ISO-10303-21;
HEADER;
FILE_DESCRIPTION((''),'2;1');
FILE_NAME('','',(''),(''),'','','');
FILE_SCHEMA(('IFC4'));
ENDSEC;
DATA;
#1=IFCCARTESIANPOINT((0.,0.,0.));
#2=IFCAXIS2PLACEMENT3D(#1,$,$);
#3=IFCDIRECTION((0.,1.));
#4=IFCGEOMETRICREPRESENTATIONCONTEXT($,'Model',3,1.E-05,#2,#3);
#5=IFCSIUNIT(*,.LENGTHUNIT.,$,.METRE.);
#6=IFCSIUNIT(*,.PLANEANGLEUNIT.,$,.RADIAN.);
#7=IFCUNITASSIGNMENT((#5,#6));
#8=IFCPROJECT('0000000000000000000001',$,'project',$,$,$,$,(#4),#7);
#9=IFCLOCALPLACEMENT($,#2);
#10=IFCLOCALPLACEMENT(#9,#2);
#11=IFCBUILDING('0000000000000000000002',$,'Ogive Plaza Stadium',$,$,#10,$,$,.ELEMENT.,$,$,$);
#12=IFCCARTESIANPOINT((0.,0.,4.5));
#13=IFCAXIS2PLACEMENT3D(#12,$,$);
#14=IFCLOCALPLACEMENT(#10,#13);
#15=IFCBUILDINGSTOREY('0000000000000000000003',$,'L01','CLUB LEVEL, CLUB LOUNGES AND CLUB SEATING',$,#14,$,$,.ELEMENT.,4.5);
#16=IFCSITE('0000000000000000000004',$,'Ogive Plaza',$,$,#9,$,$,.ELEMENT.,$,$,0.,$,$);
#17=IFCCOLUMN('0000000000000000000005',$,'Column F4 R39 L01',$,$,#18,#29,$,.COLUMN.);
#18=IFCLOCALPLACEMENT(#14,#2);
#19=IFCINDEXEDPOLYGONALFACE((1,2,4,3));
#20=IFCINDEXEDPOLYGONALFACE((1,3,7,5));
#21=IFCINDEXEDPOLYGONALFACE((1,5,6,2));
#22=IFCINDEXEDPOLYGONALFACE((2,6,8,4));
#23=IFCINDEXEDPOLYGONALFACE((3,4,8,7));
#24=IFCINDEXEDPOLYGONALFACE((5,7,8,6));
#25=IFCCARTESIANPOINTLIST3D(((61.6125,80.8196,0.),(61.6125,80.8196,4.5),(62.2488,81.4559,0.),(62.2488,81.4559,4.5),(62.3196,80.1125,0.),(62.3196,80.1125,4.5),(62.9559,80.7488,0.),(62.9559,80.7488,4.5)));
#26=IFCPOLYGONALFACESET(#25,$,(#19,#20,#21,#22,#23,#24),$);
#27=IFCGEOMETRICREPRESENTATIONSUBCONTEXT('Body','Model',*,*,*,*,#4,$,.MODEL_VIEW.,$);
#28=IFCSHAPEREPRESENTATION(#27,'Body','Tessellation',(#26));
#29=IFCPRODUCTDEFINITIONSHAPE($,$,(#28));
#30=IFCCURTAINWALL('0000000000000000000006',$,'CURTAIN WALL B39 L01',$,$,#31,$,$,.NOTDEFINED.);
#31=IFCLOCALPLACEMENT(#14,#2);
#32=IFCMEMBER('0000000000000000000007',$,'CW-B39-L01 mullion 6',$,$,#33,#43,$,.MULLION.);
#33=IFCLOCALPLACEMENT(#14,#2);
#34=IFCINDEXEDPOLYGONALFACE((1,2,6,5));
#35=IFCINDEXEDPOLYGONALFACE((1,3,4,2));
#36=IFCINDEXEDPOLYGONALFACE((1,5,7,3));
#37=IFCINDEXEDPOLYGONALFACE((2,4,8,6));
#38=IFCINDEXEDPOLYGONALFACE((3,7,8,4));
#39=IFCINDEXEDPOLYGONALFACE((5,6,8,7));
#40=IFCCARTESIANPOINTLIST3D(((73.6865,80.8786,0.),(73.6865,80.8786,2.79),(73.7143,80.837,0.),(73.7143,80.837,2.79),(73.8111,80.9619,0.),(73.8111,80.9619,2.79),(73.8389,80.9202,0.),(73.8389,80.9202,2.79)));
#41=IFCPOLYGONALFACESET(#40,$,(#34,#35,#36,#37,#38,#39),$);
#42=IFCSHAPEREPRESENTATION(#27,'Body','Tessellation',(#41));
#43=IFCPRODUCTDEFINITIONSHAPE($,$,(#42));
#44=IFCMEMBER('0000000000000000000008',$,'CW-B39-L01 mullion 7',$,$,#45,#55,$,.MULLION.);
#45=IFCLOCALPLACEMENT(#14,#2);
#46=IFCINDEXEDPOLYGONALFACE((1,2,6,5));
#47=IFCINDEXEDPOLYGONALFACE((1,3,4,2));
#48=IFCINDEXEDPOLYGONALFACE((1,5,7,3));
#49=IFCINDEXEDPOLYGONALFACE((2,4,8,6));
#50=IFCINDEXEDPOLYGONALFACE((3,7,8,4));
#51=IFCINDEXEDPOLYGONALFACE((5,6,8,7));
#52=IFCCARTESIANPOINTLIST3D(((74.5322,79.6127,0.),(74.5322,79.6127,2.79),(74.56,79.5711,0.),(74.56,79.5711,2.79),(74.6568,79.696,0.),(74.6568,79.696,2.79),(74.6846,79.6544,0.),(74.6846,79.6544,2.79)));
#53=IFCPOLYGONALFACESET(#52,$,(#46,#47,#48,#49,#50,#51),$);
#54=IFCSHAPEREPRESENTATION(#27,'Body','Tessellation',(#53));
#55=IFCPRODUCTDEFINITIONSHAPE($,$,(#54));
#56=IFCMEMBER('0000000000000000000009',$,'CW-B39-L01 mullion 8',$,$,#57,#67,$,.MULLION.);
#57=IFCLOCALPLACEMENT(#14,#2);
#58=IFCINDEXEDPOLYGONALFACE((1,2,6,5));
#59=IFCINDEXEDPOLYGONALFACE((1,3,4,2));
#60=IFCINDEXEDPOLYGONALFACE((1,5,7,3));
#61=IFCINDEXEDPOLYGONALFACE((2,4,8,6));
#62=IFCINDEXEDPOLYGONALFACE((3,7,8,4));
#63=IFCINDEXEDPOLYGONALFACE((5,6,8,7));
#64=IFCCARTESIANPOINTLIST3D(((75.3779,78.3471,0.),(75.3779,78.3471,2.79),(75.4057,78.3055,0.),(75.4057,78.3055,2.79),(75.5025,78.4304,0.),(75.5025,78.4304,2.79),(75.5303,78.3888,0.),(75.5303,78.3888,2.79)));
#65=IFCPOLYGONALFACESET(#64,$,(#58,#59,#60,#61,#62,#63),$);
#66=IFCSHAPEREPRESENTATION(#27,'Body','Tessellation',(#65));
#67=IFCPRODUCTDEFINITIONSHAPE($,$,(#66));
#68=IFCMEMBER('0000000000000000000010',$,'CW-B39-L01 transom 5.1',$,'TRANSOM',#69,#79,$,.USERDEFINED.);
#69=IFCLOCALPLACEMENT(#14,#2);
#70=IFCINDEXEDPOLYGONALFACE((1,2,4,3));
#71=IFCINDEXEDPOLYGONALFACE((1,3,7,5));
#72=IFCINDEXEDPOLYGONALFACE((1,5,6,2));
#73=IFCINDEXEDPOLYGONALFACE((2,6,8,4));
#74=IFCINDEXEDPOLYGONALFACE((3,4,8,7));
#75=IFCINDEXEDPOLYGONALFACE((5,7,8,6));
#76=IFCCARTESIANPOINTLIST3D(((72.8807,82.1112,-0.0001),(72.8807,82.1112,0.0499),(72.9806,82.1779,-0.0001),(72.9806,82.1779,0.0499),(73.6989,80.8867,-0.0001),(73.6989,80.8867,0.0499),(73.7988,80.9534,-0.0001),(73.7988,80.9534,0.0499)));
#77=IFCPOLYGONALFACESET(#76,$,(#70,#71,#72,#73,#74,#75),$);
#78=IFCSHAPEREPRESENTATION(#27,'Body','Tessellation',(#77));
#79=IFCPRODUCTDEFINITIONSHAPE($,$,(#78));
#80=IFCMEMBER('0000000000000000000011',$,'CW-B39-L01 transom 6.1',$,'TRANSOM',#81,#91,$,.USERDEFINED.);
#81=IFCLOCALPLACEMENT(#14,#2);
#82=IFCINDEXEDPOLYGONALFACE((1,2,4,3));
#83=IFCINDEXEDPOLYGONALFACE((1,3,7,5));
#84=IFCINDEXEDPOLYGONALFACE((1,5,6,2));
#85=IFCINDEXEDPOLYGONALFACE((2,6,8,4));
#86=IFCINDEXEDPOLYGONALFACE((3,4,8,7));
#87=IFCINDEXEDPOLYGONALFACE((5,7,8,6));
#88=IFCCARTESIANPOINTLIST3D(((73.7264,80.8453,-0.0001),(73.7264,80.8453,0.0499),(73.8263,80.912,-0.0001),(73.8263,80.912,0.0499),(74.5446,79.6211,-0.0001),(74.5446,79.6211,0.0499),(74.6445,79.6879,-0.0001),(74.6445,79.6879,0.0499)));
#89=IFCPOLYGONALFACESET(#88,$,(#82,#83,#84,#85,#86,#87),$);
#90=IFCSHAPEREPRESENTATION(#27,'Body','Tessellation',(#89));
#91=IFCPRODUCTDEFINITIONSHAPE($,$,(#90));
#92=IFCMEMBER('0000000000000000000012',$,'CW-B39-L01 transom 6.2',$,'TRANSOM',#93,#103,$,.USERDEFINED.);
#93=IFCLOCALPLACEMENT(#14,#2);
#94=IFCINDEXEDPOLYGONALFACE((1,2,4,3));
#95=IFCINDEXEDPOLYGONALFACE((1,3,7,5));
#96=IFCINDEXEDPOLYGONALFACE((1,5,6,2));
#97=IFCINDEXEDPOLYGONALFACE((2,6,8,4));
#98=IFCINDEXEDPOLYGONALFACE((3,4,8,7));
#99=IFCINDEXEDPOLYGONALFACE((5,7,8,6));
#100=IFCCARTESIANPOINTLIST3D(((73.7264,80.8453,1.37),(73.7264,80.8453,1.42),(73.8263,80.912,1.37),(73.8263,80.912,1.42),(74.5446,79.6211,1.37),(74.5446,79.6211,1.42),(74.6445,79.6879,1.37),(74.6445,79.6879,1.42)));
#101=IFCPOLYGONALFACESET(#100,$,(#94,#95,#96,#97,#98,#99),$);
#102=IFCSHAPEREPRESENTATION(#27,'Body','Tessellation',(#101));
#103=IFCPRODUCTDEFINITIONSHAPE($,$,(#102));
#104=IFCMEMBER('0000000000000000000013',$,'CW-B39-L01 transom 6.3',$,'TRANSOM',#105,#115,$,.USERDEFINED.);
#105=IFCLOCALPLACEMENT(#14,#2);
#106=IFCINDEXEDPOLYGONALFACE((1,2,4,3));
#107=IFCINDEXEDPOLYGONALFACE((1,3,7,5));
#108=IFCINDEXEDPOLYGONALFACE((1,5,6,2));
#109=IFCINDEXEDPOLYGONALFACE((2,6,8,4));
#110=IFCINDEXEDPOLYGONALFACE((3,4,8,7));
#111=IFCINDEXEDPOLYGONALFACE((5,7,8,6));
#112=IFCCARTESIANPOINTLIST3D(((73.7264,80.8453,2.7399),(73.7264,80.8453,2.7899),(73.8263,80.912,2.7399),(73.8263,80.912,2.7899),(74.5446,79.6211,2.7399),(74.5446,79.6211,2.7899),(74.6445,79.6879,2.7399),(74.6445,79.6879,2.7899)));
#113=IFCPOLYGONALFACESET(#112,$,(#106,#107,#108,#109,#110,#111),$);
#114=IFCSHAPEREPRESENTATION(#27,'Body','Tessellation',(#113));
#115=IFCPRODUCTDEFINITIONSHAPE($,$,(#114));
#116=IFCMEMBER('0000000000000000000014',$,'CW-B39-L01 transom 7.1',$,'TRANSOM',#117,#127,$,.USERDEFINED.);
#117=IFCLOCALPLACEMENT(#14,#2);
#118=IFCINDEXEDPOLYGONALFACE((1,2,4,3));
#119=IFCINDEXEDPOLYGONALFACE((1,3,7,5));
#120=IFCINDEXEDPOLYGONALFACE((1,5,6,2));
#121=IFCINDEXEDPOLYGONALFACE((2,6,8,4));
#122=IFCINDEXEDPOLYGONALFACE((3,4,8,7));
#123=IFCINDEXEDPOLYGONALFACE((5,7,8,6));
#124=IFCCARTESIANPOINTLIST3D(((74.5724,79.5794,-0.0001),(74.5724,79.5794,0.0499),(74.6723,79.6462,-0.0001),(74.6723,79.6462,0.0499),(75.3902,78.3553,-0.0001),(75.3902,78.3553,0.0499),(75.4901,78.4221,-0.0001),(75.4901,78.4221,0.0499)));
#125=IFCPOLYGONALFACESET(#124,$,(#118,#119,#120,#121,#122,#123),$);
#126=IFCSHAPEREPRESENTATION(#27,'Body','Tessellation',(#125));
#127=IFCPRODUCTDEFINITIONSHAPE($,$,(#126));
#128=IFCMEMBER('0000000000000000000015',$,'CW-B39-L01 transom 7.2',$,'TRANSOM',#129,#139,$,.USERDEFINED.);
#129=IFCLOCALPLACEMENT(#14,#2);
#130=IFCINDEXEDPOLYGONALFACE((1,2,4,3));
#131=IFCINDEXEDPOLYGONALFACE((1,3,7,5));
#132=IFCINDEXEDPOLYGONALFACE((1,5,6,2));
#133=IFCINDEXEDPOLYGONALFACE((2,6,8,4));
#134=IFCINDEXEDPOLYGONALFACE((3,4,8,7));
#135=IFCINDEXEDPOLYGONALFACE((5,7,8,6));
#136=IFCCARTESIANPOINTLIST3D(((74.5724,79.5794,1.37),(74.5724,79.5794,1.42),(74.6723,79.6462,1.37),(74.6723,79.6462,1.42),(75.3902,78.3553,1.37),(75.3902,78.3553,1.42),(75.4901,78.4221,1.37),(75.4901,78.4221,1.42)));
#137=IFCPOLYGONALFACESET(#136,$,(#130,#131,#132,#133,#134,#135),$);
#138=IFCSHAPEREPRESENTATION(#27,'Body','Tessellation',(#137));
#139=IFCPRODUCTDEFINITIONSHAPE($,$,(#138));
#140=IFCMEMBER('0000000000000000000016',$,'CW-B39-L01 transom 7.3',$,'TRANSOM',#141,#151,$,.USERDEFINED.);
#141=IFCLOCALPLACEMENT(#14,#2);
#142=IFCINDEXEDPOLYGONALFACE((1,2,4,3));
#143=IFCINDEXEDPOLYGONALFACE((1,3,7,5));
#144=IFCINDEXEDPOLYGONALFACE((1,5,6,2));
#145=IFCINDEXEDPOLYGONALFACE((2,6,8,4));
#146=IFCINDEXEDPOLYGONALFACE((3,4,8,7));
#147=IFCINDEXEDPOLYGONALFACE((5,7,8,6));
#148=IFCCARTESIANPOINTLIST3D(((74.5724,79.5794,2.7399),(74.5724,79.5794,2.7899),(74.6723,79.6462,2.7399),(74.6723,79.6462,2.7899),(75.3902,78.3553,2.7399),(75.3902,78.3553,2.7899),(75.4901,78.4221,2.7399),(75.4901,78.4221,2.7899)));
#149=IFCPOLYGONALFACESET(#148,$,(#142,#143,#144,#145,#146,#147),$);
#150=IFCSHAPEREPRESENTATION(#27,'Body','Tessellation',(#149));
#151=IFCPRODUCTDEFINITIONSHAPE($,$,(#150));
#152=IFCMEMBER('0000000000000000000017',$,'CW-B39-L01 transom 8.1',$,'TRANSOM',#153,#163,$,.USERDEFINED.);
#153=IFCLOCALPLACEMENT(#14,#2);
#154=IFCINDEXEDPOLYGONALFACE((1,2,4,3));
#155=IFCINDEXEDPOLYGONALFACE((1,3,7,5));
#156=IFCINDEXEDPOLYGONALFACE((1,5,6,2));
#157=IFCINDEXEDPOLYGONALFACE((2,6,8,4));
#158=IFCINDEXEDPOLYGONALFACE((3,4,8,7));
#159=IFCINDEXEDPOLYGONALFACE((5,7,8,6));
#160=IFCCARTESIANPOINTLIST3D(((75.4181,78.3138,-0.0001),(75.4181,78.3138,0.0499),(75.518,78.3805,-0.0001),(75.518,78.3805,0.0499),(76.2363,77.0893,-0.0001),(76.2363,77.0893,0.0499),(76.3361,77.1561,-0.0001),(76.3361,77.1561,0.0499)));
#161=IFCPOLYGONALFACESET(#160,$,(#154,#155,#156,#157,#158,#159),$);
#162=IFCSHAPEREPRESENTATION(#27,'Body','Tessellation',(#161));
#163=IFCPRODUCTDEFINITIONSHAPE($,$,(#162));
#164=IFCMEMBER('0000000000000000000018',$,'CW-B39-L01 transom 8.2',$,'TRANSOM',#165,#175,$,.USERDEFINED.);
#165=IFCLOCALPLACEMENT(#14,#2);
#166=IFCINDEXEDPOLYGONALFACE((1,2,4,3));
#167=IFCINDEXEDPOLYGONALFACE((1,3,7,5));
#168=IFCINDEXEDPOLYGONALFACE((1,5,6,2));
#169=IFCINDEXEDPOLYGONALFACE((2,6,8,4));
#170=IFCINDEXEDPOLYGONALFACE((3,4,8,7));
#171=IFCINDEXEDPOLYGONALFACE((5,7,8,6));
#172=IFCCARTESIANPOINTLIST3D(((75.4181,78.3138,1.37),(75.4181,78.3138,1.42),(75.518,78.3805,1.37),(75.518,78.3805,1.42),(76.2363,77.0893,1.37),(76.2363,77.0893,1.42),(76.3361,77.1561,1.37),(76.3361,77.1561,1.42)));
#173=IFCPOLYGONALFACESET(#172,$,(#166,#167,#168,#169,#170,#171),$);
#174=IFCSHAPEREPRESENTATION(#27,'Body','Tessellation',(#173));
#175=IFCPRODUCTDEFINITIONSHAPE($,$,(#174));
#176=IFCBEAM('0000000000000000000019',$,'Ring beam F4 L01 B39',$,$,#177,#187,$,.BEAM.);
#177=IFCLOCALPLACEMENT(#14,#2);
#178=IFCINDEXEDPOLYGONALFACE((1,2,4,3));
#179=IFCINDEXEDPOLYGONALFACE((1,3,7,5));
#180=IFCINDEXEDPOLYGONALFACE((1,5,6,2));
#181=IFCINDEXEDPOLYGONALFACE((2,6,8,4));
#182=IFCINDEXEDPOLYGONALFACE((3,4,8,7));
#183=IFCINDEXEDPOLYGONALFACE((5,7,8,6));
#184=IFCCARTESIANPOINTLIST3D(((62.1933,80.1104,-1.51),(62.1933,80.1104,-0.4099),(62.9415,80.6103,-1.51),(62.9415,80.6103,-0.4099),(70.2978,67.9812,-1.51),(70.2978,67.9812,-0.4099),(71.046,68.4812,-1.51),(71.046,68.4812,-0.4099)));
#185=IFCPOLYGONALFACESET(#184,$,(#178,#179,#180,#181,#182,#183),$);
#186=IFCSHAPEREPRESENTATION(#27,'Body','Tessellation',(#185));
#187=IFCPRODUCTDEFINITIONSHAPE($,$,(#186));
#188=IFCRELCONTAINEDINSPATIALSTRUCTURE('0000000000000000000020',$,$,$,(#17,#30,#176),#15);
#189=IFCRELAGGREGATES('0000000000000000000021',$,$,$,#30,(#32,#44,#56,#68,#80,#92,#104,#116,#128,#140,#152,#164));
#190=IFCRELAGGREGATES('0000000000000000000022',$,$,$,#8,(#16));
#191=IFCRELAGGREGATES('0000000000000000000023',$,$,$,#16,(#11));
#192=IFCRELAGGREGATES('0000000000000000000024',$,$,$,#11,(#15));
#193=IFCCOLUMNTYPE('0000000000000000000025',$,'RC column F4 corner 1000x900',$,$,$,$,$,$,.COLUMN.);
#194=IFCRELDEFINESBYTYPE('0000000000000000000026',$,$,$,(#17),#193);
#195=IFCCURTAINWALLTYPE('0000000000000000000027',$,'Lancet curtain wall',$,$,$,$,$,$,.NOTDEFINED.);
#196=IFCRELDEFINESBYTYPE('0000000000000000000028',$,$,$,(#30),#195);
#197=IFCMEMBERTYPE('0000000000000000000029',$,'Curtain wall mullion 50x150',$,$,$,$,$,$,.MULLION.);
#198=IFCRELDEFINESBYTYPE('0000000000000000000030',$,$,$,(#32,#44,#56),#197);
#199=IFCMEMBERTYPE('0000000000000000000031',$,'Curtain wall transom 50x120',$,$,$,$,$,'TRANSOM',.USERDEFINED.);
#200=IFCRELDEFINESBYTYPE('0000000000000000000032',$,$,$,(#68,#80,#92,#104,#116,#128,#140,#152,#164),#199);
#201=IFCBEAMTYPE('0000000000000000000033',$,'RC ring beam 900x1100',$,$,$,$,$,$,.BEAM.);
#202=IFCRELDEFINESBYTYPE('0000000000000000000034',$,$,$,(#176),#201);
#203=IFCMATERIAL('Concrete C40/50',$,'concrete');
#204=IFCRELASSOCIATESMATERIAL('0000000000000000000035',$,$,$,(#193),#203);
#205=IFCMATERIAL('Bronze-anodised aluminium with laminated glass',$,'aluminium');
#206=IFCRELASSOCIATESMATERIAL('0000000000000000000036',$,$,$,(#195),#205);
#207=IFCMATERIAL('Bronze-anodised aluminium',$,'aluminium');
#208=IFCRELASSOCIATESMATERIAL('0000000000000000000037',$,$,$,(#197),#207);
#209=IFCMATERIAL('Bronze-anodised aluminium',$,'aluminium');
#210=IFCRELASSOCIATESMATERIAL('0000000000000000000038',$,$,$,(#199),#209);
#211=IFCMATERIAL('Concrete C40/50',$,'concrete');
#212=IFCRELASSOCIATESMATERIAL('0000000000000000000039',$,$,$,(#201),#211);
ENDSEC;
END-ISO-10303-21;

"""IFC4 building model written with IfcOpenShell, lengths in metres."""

from ifc_helpers import new_model, si_unit, direction, frame, origin, origin_2d, place, context, subcontext, project, spatial, rectangle, extrude, material, material_profile, profile_set, type_object, element, aggregate, save


model = new_model("IFC4")

# Units and contexts
model_context = context("Model", 3, precision=1e-05, world=origin(), true_north=direction((0.0, 1.0)))
body_context = subcontext(model_context, "Body", "Model", "MODEL_VIEW")
ifc_project = project(units=[si_unit("LENGTHUNIT", "METRE"), si_unit("PLANEANGLEUNIT", "RADIAN")], contexts=[model_context])

# Site, building, storey
site_placement = place(None, origin())
site = spatial("IfcSite", under=ifc_project, at=site_placement, Name="Ogive Plaza", CompositionType="ELEMENT", RefElevation=0.0)
building_placement = place(site_placement, origin())
building = spatial("IfcBuilding", under=site, at=building_placement, Name="Ogive Plaza Stadium", CompositionType="ELEMENT")
storey_placement = place(building_placement, frame((0.0, 0.0, 4.5)))
storey = spatial("IfcBuildingStorey", under=building, at=storey_placement, Name="L01", Description="CLUB LEVEL, CLUB LOUNGES AND CLUB SEATING", CompositionType="ELEMENT", Elevation=4.5)

# Column
ifc_material_1 = material(Name="Concrete C40/50", Category="concrete")
ifc_material_profile_1 = material_profile(ifc_material_1, rectangle(XDim=1.0, YDim=0.8999, at=origin_2d()), Name="RC 1000x900")
ifc_profile_set_1 = profile_set([ifc_material_profile_1], Name="Concrete C40/50")
column_type = type_object("IfcColumnType", Name="RC column F4 corner 1000x900", PredefinedType="COLUMN", material=ifc_profile_set_1)
column_placement = place(storey_placement, frame((62.2842, 80.7842, 0.0), z_axis=(0.0, 0.0, 1.0), x_axis=(-0.707107, 0.707107, 0.0)))
element("IfcColumn", 1, at=column_placement, inside=storey, type_object=column_type, Name="Column F4 R39 L01", PredefinedType="COLUMN", context=body_context, shape_type="SweptSolid", body=[
    extrude(rectangle(XDim=1.0, YDim=0.8999, at=origin_2d()), origin(), (0.0, 0.0, 1.0), 4.5),
])

# Curtain wall, members
ifc_material_2 = material(Name="Bronze-anodised aluminium with laminated glass", Category="aluminium")
curtain_wall_type = type_object("IfcCurtainWallType", Name="Lancet curtain wall", PredefinedType="NOTDEFINED", material=ifc_material_2)
curtain_wall_placement = place(storey_placement, origin())
curtain_wall = element("IfcCurtainWall", 2, at=curtain_wall_placement, inside=storey, type_object=curtain_wall_type, Name="CURTAIN WALL B39 L01", PredefinedType="NOTDEFINED")
ifc_material_3 = material(Name="Bronze-anodised aluminium", Category="aluminium")
ifc_material_profile_2 = material_profile(ifc_material_3, rectangle(XDim=0.1499, YDim=0.05, at=origin_2d()), Name="AL 150x50")
ifc_profile_set_2 = profile_set([ifc_material_profile_2], Name="Bronze-anodised aluminium")
member_type_1 = type_object("IfcMemberType", Name="Curtain wall mullion 50x150", PredefinedType="MULLION", material=ifc_profile_set_2)
member_1_placement = place(storey_placement, frame((73.7627, 80.8994, 0.0), z_axis=(0.0, 0.0, 1.0), x_axis=(0.83147, 0.55557, 0.0)))
member_1 = element("IfcMember", 3, at=member_1_placement, type_object=member_type_1, Name="CW-B39-L01 mullion 6", PredefinedType="MULLION", context=body_context, shape_type="SweptSolid", body=[
    extrude(rectangle(XDim=0.1499, YDim=0.05, at=origin_2d()), origin(), (0.0, 0.0, 1.0), 2.79),
])
member_2_placement = place(storey_placement, frame((74.6084, 79.6335, 0.0), z_axis=(0.0, 0.0, 1.0), x_axis=(0.83147, 0.55557, 0.0)))
member_2 = element("IfcMember", 4, at=member_2_placement, type_object=member_type_1, Name="CW-B39-L01 mullion 7", PredefinedType="MULLION", context=body_context, shape_type="SweptSolid", body=[
    extrude(rectangle(XDim=0.1499, YDim=0.05, at=origin_2d()), origin(), (0.0, 0.0, 1.0), 2.79),
])
member_3_placement = place(storey_placement, frame((75.4541, 78.3679, 0.0), z_axis=(0.0, 0.0, 1.0), x_axis=(0.83147, 0.55557, 0.0)))
member_3 = element("IfcMember", 5, at=member_3_placement, type_object=member_type_1, Name="CW-B39-L01 mullion 8", PredefinedType="MULLION", context=body_context, shape_type="SweptSolid", body=[
    extrude(rectangle(XDim=0.1499, YDim=0.05, at=origin_2d()), origin(), (0.0, 0.0, 1.0), 2.79),
])
ifc_material_4 = material(Name="Bronze-anodised aluminium", Category="aluminium")
ifc_material_profile_3 = material_profile(ifc_material_4, rectangle(XDim=0.1201, YDim=0.05, at=origin_2d()), Name="AL 120x50")
ifc_profile_set_3 = profile_set([ifc_material_profile_3], Name="Bronze-anodised aluminium")
member_type_2 = type_object("IfcMemberType", Name="Curtain wall transom 50x120", ElementType="TRANSOM", PredefinedType="USERDEFINED", material=ifc_profile_set_3)
member_4_placement = place(storey_placement, frame((72.9307, 82.1445, 0.0249), z_axis=(0.55558, -0.831463, 0.0), x_axis=(0.831463, 0.55558, 0.0)))
member_4 = element("IfcMember", 6, at=member_4_placement, type_object=member_type_2, Name="CW-B39-L01 transom 5.1", ObjectType="TRANSOM", PredefinedType="USERDEFINED", context=body_context, shape_type="SweptSolid", body=[
    extrude(rectangle(XDim=0.1201, YDim=0.05, at=origin_2d()), origin(), (0.0, 0.0, 1.0), 1.4727),
])
member_5_placement = place(storey_placement, frame((73.7764, 80.8787, 0.0249), z_axis=(0.555656, -0.831412, 0.0), x_axis=(0.831412, 0.555656, 0.0)))
member_5 = element("IfcMember", 7, at=member_5_placement, type_object=member_type_2, Name="CW-B39-L01 transom 6.1", ObjectType="TRANSOM", PredefinedType="USERDEFINED", context=body_context, shape_type="SweptSolid", body=[
    extrude(rectangle(XDim=0.1201, YDim=0.05, at=origin_2d()), origin(), (0.0, 0.0, 1.0), 1.4724),
])
member_6_placement = place(storey_placement, frame((73.7764, 80.8787, 1.395), z_axis=(0.555656, -0.831412, 0.0), x_axis=(0.831412, 0.555656, 0.0)))
member_6 = element("IfcMember", 8, at=member_6_placement, type_object=member_type_2, Name="CW-B39-L01 transom 6.2", ObjectType="TRANSOM", PredefinedType="USERDEFINED", context=body_context, shape_type="SweptSolid", body=[
    extrude(rectangle(XDim=0.1201, YDim=0.05, at=origin_2d()), origin(), (0.0, 0.0, 1.0), 1.4724),
])
member_7_placement = place(storey_placement, frame((73.7764, 80.8787, 2.7649), z_axis=(0.555656, -0.831412, 0.0), x_axis=(0.831412, 0.555656, 0.0)))
member_7 = element("IfcMember", 9, at=member_7_placement, type_object=member_type_2, Name="CW-B39-L01 transom 6.3", ObjectType="TRANSOM", PredefinedType="USERDEFINED", context=body_context, shape_type="SweptSolid", body=[
    extrude(rectangle(XDim=0.1201, YDim=0.05, at=origin_2d()), origin(), (0.0, 0.0, 1.0), 1.4724),
])
member_8_placement = place(storey_placement, frame((74.6223, 79.6128, 0.0249), z_axis=(0.555542, -0.831489, 0.0), x_axis=(0.831489, 0.555542, 0.0)))
member_8 = element("IfcMember", 10, at=member_8_placement, type_object=member_type_2, Name="CW-B39-L01 transom 7.1", ObjectType="TRANSOM", PredefinedType="USERDEFINED", context=body_context, shape_type="SweptSolid", body=[
    extrude(rectangle(XDim=0.1201, YDim=0.05, at=origin_2d()), origin(), (0.0, 0.0, 1.0), 1.4722),
])
member_9_placement = place(storey_placement, frame((74.6223, 79.6128, 1.395), z_axis=(0.555542, -0.831489, 0.0), x_axis=(0.831489, 0.555542, 0.0)))
member_9 = element("IfcMember", 11, at=member_9_placement, type_object=member_type_2, Name="CW-B39-L01 transom 7.2", ObjectType="TRANSOM", PredefinedType="USERDEFINED", context=body_context, shape_type="SweptSolid", body=[
    extrude(rectangle(XDim=0.1201, YDim=0.05, at=origin_2d()), origin(), (0.0, 0.0, 1.0), 1.4722),
])
member_10_placement = place(storey_placement, frame((74.6223, 79.6128, 2.7649), z_axis=(0.555542, -0.831489, 0.0), x_axis=(0.831489, 0.555542, 0.0)))
member_10 = element("IfcMember", 12, at=member_10_placement, type_object=member_type_2, Name="CW-B39-L01 transom 7.3", ObjectType="TRANSOM", PredefinedType="USERDEFINED", context=body_context, shape_type="SweptSolid", body=[
    extrude(rectangle(XDim=0.1201, YDim=0.05, at=origin_2d()), origin(), (0.0, 0.0, 1.0), 1.4722),
])
member_11_placement = place(storey_placement, frame((75.468, 78.3472, 0.0249), z_axis=(0.55558, -0.831463, 0.0), x_axis=(0.831463, 0.55558, 0.0)))
member_11 = element("IfcMember", 13, at=member_11_placement, type_object=member_type_2, Name="CW-B39-L01 transom 8.1", ObjectType="TRANSOM", PredefinedType="USERDEFINED", context=body_context, shape_type="SweptSolid", body=[
    extrude(rectangle(XDim=0.1201, YDim=0.05, at=origin_2d()), origin(), (0.0, 0.0, 1.0), 1.4727),
])
member_12_placement = place(storey_placement, frame((75.468, 78.3472, 1.395), z_axis=(0.55558, -0.831463, 0.0), x_axis=(0.831463, 0.55558, 0.0)))
member_12 = element("IfcMember", 14, at=member_12_placement, type_object=member_type_2, Name="CW-B39-L01 transom 8.2", ObjectType="TRANSOM", PredefinedType="USERDEFINED", context=body_context, shape_type="SweptSolid", body=[
    extrude(rectangle(XDim=0.1201, YDim=0.05, at=origin_2d()), origin(), (0.0, 0.0, 1.0), 1.4727),
])

# Beam
ifc_material_5 = material(Name="Concrete C40/50", Category="concrete")
ifc_material_profile_4 = material_profile(ifc_material_5, rectangle(XDim=0.8999, YDim=1.1001, at=origin_2d()), Name="RC 900x1100")
ifc_profile_set_4 = profile_set([ifc_material_profile_4], Name="Concrete C40/50")
beam_type = type_object("IfcBeamType", Name="RC ring beam 900x1100", PredefinedType="BEAM", material=ifc_profile_set_4)
beam_placement = place(storey_placement, frame((62.5674, 80.3604, -0.96), z_axis=(0.555573, -0.831468, 0.0), x_axis=(0.831468, 0.555573, 0.0)))
element("IfcBeam", 15, at=beam_placement, inside=storey, type_object=beam_type, Name="Ring beam F4 L01 B39", PredefinedType="BEAM", context=body_context, shape_type="SweptSolid", body=[
    extrude(rectangle(XDim=0.8999, YDim=1.1001, at=origin_2d()), origin(), (0.0, 0.0, 1.0), 14.5876),
])

aggregate(curtain_wall, [member_1, member_2, member_3, member_4, member_5, member_6, member_7, member_8, member_9, member_10, member_11, member_12])

save(model, "model.ifc")
